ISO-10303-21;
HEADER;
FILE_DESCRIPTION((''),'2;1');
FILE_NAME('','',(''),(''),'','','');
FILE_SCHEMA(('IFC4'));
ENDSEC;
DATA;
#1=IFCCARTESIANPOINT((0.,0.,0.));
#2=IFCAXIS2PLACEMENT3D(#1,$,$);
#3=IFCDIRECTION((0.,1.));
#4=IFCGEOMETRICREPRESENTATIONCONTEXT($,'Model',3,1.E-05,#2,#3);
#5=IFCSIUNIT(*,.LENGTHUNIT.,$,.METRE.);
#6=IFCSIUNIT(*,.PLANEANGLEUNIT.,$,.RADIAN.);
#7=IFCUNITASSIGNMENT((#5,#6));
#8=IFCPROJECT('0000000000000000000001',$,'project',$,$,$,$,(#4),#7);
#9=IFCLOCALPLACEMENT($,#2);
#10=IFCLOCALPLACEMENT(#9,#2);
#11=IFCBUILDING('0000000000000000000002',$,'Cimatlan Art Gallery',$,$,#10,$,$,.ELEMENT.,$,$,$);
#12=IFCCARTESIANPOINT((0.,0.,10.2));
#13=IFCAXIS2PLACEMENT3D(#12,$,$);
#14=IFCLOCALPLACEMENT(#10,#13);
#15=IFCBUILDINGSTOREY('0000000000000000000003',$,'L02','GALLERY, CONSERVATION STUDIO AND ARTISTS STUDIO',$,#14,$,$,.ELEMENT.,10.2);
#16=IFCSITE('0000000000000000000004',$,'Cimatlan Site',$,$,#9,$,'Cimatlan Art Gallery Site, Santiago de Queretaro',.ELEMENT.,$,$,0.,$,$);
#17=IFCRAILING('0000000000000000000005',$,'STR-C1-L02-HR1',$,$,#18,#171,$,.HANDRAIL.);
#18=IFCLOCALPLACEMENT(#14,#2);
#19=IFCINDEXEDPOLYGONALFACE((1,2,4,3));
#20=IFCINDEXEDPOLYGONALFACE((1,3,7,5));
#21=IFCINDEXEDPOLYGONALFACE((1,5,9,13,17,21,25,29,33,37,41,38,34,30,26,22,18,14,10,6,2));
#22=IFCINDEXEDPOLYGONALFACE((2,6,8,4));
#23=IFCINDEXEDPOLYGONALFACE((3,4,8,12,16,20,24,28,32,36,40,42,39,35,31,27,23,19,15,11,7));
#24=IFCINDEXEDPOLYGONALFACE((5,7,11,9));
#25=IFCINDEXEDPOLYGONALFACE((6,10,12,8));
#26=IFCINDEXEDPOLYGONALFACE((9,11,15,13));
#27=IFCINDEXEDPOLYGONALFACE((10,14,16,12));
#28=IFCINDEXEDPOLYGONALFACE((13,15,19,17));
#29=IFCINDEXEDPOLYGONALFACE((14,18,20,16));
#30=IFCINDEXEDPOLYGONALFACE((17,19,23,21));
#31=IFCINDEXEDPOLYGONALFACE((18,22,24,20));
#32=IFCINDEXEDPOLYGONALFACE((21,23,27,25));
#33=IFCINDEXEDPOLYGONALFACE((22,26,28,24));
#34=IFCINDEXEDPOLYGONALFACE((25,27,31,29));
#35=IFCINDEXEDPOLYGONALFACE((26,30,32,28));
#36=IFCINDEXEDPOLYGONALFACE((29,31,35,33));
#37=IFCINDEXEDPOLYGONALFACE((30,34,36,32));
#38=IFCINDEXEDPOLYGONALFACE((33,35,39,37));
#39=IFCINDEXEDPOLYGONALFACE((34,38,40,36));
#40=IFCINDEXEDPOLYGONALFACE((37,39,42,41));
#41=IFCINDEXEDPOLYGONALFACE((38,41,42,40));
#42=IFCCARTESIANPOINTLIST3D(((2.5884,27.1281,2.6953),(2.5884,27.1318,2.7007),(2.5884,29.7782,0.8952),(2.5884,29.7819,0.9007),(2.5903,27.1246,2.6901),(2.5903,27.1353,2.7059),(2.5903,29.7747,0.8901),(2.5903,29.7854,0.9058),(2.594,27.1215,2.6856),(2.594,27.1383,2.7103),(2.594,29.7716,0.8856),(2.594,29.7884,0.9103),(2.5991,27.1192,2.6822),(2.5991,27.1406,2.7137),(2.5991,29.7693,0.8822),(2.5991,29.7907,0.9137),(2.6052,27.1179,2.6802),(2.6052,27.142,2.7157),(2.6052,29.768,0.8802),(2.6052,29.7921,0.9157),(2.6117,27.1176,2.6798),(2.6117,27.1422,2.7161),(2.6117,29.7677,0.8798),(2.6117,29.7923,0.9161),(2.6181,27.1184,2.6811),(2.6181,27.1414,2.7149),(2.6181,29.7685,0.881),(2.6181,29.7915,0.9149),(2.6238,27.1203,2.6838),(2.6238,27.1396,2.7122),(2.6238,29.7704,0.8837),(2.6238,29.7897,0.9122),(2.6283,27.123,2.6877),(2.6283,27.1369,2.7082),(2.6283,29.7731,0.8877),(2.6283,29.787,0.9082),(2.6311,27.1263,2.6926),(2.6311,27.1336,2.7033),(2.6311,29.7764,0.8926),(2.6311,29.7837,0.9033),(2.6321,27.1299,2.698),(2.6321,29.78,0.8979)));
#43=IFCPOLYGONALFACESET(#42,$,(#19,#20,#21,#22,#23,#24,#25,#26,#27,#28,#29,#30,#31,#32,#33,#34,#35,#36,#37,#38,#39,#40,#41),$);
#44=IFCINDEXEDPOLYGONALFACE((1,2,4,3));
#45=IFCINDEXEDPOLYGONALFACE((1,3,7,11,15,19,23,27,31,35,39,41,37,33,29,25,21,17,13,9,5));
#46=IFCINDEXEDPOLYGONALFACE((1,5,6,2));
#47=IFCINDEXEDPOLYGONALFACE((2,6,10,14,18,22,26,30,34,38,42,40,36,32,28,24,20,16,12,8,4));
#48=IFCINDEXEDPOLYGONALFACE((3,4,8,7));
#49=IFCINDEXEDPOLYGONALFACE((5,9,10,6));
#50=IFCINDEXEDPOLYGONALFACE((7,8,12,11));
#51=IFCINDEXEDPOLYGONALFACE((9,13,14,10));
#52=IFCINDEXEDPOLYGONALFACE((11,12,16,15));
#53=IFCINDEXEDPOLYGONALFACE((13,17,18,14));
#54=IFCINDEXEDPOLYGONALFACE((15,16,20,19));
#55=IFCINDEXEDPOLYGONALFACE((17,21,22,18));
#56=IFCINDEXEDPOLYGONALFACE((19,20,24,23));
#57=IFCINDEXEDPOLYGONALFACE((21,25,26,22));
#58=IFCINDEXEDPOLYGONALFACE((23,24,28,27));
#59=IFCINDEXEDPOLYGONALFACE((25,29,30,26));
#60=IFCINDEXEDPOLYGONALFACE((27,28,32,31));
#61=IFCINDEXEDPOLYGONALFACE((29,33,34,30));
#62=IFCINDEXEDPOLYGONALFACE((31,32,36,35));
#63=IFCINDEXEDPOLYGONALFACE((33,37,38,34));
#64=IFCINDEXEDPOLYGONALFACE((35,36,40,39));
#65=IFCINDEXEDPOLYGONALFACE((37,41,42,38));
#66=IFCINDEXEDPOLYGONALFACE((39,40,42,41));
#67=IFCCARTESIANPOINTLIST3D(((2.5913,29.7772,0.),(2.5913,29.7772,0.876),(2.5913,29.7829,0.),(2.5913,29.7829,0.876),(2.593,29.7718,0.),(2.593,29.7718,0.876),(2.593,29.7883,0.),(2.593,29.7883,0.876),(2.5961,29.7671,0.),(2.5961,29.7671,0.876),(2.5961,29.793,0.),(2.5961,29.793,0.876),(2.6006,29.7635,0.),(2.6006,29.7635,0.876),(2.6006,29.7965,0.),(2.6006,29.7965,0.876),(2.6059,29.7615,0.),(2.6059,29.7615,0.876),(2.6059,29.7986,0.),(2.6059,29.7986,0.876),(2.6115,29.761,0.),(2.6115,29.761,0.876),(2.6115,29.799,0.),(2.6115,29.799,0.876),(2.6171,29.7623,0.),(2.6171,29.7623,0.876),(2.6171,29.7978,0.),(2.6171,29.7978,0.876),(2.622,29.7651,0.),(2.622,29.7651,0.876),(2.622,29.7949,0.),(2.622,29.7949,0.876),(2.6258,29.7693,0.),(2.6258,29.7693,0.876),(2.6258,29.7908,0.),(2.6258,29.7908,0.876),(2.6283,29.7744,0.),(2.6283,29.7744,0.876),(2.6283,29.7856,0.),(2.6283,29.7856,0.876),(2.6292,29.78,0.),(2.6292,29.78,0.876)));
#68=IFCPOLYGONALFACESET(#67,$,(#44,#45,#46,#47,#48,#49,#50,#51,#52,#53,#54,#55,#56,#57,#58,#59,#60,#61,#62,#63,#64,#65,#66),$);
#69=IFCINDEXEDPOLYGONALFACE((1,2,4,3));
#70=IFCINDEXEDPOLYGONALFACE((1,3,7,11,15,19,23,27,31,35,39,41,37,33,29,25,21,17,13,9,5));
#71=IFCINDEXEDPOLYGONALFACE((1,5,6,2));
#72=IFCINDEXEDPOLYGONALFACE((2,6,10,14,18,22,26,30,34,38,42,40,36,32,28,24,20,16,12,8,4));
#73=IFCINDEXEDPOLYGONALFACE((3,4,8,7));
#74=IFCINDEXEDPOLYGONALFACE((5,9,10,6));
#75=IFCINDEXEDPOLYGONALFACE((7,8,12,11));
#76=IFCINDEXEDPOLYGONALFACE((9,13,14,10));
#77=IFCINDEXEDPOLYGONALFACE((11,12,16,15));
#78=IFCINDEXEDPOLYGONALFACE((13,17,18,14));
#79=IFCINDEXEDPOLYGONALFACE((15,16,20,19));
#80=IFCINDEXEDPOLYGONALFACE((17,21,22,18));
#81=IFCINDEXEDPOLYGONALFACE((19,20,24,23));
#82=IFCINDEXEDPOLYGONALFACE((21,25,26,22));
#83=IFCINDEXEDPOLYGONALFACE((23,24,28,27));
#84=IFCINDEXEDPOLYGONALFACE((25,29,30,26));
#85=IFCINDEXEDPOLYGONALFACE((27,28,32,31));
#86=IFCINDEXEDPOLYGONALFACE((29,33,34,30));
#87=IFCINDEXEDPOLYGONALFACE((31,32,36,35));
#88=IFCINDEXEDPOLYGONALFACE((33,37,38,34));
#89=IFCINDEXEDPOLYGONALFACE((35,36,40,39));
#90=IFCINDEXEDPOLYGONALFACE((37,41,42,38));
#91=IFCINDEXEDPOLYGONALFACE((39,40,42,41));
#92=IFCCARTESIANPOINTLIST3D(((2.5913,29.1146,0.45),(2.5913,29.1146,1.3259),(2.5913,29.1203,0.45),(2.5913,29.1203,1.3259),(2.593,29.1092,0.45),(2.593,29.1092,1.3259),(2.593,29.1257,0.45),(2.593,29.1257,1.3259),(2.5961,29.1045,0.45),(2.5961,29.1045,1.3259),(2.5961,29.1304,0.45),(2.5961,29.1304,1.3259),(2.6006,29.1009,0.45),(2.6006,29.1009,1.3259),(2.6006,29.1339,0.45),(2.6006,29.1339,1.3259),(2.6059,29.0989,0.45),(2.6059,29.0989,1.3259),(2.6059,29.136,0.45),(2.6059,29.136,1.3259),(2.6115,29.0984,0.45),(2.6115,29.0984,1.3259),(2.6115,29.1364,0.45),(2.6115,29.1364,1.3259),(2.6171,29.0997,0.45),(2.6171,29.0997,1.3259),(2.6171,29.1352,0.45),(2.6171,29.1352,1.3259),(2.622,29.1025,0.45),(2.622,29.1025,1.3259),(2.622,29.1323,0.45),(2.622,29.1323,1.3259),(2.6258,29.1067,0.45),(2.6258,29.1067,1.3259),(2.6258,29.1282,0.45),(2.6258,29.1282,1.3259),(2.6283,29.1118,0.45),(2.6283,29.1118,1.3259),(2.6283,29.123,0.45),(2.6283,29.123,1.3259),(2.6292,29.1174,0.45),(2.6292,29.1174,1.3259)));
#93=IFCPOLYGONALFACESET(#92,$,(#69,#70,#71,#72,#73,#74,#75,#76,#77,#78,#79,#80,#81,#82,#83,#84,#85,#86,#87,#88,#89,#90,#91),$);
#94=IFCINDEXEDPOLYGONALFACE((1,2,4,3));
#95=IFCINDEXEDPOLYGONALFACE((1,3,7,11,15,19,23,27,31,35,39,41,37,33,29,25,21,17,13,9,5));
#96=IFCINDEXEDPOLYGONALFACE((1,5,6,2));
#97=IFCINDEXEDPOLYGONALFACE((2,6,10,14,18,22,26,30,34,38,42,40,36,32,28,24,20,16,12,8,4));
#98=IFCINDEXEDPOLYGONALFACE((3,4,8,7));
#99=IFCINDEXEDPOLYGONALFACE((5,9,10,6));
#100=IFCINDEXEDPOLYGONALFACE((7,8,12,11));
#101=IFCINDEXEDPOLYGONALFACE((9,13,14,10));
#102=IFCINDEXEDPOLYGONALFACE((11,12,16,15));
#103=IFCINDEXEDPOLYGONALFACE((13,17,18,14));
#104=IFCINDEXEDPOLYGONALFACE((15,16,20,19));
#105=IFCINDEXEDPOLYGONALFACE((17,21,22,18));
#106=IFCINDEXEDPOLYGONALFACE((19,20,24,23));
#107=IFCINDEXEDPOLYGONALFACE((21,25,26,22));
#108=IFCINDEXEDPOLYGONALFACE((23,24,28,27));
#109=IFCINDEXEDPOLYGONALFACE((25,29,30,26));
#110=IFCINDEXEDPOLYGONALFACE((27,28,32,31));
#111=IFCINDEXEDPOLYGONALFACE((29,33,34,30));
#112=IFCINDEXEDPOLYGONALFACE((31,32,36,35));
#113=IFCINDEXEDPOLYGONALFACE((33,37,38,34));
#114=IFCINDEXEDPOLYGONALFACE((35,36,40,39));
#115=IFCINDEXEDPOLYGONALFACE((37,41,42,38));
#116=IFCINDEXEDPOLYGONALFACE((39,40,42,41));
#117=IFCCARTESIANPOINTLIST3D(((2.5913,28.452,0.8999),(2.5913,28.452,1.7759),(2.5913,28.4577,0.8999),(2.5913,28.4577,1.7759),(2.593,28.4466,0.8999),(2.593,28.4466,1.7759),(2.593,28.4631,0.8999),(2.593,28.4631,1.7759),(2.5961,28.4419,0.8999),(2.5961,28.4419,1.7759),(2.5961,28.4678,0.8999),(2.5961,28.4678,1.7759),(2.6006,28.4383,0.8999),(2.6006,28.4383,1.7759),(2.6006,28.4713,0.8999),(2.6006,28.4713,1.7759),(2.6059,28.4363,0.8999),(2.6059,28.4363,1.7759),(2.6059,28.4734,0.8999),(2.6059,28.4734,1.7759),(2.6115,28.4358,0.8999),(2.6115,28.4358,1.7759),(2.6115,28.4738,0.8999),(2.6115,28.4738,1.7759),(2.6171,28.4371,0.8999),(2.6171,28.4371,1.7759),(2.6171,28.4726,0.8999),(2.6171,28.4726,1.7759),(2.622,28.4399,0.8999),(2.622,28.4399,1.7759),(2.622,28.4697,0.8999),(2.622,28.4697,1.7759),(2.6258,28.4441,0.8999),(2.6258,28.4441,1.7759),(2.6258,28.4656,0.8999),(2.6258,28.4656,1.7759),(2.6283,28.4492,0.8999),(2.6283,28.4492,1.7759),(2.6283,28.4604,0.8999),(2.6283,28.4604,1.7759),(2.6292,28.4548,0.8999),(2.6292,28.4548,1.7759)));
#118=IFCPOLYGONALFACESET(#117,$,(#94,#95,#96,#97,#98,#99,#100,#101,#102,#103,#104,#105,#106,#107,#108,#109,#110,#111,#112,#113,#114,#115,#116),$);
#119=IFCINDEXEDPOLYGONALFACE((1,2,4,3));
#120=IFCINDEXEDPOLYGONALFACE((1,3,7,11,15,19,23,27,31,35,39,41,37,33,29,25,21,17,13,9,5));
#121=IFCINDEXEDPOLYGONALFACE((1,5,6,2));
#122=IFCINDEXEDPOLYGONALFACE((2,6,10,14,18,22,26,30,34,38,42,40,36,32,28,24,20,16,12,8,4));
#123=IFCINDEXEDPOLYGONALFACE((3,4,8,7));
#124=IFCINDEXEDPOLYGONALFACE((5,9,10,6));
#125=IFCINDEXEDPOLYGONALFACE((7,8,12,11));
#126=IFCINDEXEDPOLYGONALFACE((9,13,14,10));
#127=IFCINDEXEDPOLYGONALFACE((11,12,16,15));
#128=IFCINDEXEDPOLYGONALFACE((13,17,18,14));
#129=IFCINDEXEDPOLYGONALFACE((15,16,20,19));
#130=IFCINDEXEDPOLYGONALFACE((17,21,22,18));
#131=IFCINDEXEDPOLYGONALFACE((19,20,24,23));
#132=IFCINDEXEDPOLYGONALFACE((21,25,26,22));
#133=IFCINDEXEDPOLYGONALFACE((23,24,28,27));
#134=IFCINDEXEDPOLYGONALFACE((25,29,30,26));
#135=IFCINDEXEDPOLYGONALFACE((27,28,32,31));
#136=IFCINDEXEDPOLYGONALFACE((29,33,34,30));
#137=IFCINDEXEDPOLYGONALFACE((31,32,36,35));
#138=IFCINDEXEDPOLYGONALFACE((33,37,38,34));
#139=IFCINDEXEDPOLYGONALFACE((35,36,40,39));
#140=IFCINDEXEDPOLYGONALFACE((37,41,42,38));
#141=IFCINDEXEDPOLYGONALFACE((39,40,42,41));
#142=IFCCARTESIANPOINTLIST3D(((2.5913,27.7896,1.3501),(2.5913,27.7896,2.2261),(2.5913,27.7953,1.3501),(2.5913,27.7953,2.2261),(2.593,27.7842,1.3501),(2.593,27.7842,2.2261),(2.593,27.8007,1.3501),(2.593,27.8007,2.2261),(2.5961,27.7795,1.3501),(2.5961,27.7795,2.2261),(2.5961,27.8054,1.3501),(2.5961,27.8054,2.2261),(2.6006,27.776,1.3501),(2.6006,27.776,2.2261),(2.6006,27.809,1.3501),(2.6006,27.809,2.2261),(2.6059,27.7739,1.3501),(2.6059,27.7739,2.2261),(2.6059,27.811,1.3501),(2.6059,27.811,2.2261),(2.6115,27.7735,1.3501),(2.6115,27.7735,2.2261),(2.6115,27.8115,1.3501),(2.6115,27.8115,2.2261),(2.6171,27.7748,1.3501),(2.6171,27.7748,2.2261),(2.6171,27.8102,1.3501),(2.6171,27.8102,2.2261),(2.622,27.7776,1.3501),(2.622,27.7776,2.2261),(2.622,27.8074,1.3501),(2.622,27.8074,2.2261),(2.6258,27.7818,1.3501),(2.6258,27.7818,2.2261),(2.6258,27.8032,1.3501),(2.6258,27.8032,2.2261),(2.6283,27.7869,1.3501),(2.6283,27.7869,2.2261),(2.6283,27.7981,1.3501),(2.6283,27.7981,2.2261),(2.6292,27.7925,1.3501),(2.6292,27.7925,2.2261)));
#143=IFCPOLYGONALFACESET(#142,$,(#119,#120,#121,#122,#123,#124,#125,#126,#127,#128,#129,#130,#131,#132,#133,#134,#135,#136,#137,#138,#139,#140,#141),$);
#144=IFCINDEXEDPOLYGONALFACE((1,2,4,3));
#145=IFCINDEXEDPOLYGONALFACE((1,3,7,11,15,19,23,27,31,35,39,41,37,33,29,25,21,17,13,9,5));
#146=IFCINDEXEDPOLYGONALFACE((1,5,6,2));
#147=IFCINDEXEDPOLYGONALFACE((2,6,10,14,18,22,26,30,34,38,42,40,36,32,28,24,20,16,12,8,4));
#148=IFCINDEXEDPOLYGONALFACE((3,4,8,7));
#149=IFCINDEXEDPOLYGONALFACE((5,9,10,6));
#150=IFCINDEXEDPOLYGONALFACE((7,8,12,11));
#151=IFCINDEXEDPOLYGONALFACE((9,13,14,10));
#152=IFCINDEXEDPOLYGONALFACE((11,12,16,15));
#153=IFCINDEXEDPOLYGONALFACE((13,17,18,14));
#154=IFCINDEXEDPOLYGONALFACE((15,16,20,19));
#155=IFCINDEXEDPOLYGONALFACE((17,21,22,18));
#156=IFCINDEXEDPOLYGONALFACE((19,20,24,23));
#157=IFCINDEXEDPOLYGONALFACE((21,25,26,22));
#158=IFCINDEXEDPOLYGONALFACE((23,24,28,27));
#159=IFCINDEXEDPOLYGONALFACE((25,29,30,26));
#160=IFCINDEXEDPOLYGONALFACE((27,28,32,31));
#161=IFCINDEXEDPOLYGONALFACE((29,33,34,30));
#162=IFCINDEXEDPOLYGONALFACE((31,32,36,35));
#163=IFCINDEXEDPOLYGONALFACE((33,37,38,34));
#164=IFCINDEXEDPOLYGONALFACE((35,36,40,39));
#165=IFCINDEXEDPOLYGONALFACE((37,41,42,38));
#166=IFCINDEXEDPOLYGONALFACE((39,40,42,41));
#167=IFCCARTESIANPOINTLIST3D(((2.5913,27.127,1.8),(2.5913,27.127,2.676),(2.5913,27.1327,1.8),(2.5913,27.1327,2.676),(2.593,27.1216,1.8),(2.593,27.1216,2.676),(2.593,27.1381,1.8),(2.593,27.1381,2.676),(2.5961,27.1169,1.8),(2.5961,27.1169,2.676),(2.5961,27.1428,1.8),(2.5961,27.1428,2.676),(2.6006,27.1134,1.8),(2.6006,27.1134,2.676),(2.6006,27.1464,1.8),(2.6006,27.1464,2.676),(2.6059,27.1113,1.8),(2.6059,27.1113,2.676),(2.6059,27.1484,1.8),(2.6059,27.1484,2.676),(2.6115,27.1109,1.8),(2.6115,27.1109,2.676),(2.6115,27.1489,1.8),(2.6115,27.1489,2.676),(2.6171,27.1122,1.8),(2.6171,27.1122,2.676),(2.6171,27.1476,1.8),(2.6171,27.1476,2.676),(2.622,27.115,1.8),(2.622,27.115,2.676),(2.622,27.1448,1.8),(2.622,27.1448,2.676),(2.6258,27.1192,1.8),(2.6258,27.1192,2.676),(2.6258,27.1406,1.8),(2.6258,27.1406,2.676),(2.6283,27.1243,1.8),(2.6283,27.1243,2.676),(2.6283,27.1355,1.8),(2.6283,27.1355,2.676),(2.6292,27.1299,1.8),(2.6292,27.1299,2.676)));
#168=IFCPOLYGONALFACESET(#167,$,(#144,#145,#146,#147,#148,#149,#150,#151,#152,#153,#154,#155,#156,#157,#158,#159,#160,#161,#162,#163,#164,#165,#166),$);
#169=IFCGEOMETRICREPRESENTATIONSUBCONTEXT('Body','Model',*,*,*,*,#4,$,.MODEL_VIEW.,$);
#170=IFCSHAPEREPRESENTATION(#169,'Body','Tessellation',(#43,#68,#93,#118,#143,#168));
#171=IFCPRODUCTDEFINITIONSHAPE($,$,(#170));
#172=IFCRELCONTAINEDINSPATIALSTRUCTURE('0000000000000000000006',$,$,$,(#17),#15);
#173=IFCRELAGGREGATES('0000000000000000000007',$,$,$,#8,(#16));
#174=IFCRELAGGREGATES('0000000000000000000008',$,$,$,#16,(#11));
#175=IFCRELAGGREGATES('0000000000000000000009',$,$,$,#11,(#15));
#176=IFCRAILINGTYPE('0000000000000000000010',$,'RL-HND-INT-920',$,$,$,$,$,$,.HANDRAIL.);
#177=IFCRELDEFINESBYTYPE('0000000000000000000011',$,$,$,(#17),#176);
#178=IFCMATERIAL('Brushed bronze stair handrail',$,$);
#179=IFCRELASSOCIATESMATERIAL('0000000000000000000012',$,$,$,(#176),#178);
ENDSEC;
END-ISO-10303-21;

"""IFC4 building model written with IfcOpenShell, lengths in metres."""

from ifc_helpers import new_model, si_unit, direction, frame, origin, origin_2d, place, context, subcontext, project, spatial, circle, extrude, material, type_object, element, save


model = new_model("IFC4")

# Units and contexts
model_context = context("Model", 3, precision=1e-05, world=origin(), true_north=direction((0.0, 1.0)))
body_context = subcontext(model_context, "Body", "Model", "MODEL_VIEW")
ifc_project = project(units=[si_unit("LENGTHUNIT", "METRE"), si_unit("PLANEANGLEUNIT", "RADIAN")], contexts=[model_context])

# Site, building, storey
site_placement = place(None, origin())
site = spatial("IfcSite", under=ifc_project, at=site_placement, Name="Cimatlan Site", LongName="Cimatlan Art Gallery Site, Santiago de Queretaro", CompositionType="ELEMENT", RefElevation=0.0)
building_placement = place(site_placement, origin())
building = spatial("IfcBuilding", under=site, at=building_placement, Name="Cimatlan Art Gallery", CompositionType="ELEMENT")
storey_placement = place(building_placement, frame((0.0, 0.0, 10.2)))
storey = spatial("IfcBuildingStorey", under=building, at=storey_placement, Name="L02", Description="GALLERY, CONSERVATION STUDIO AND ARTISTS STUDIO", CompositionType="ELEMENT", Elevation=10.2)

# Railing
ifc_material_1 = material(Name="Brushed bronze stair handrail")
railing_type_1 = type_object("IfcRailingType", Name="RL-HND-INT-920", PredefinedType="HANDRAIL", material=ifc_material_1)
railing_1_placement = place(storey_placement, frame((2.6101, 29.78, 0.0)))
element("IfcRailing", 1, at=railing_1_placement, inside=storey, type_object=railing_type_1, Name="STR-C1-L02-HR1", PredefinedType="HANDRAIL", context=body_context, shape_type="SweptSolid", body=[
    extrude(circle(Radius=0.022, at=origin_2d()), frame((0.0, 0.0, 0.8979), z_axis=(0.0, -0.827224, 0.561872), x_axis=(1.0, 0.0, 0.0)), (0.0, 0.0, 1.0), 3.2036),
    extrude(circle(Radius=0.019, at=origin_2d()), origin(), (0.0, 0.0, 1.0), 0.876),
    extrude(circle(Radius=0.019, at=origin_2d()), frame((0.0, -0.6626, 0.45)), (0.0, 0.0, 1.0), 0.876),
    extrude(circle(Radius=0.019, at=origin_2d()), frame((0.0, -1.3252, 0.8999)), (0.0, 0.0, 1.0), 0.876),
    extrude(circle(Radius=0.019, at=origin_2d()), frame((0.0, -1.9875, 1.3501)), (0.0, 0.0, 1.0), 0.876),
    extrude(circle(Radius=0.019, at=origin_2d()), frame((0.0, -2.6501, 1.8)), (0.0, 0.0, 1.0), 0.876),
])

save(model, "model.ifc")
